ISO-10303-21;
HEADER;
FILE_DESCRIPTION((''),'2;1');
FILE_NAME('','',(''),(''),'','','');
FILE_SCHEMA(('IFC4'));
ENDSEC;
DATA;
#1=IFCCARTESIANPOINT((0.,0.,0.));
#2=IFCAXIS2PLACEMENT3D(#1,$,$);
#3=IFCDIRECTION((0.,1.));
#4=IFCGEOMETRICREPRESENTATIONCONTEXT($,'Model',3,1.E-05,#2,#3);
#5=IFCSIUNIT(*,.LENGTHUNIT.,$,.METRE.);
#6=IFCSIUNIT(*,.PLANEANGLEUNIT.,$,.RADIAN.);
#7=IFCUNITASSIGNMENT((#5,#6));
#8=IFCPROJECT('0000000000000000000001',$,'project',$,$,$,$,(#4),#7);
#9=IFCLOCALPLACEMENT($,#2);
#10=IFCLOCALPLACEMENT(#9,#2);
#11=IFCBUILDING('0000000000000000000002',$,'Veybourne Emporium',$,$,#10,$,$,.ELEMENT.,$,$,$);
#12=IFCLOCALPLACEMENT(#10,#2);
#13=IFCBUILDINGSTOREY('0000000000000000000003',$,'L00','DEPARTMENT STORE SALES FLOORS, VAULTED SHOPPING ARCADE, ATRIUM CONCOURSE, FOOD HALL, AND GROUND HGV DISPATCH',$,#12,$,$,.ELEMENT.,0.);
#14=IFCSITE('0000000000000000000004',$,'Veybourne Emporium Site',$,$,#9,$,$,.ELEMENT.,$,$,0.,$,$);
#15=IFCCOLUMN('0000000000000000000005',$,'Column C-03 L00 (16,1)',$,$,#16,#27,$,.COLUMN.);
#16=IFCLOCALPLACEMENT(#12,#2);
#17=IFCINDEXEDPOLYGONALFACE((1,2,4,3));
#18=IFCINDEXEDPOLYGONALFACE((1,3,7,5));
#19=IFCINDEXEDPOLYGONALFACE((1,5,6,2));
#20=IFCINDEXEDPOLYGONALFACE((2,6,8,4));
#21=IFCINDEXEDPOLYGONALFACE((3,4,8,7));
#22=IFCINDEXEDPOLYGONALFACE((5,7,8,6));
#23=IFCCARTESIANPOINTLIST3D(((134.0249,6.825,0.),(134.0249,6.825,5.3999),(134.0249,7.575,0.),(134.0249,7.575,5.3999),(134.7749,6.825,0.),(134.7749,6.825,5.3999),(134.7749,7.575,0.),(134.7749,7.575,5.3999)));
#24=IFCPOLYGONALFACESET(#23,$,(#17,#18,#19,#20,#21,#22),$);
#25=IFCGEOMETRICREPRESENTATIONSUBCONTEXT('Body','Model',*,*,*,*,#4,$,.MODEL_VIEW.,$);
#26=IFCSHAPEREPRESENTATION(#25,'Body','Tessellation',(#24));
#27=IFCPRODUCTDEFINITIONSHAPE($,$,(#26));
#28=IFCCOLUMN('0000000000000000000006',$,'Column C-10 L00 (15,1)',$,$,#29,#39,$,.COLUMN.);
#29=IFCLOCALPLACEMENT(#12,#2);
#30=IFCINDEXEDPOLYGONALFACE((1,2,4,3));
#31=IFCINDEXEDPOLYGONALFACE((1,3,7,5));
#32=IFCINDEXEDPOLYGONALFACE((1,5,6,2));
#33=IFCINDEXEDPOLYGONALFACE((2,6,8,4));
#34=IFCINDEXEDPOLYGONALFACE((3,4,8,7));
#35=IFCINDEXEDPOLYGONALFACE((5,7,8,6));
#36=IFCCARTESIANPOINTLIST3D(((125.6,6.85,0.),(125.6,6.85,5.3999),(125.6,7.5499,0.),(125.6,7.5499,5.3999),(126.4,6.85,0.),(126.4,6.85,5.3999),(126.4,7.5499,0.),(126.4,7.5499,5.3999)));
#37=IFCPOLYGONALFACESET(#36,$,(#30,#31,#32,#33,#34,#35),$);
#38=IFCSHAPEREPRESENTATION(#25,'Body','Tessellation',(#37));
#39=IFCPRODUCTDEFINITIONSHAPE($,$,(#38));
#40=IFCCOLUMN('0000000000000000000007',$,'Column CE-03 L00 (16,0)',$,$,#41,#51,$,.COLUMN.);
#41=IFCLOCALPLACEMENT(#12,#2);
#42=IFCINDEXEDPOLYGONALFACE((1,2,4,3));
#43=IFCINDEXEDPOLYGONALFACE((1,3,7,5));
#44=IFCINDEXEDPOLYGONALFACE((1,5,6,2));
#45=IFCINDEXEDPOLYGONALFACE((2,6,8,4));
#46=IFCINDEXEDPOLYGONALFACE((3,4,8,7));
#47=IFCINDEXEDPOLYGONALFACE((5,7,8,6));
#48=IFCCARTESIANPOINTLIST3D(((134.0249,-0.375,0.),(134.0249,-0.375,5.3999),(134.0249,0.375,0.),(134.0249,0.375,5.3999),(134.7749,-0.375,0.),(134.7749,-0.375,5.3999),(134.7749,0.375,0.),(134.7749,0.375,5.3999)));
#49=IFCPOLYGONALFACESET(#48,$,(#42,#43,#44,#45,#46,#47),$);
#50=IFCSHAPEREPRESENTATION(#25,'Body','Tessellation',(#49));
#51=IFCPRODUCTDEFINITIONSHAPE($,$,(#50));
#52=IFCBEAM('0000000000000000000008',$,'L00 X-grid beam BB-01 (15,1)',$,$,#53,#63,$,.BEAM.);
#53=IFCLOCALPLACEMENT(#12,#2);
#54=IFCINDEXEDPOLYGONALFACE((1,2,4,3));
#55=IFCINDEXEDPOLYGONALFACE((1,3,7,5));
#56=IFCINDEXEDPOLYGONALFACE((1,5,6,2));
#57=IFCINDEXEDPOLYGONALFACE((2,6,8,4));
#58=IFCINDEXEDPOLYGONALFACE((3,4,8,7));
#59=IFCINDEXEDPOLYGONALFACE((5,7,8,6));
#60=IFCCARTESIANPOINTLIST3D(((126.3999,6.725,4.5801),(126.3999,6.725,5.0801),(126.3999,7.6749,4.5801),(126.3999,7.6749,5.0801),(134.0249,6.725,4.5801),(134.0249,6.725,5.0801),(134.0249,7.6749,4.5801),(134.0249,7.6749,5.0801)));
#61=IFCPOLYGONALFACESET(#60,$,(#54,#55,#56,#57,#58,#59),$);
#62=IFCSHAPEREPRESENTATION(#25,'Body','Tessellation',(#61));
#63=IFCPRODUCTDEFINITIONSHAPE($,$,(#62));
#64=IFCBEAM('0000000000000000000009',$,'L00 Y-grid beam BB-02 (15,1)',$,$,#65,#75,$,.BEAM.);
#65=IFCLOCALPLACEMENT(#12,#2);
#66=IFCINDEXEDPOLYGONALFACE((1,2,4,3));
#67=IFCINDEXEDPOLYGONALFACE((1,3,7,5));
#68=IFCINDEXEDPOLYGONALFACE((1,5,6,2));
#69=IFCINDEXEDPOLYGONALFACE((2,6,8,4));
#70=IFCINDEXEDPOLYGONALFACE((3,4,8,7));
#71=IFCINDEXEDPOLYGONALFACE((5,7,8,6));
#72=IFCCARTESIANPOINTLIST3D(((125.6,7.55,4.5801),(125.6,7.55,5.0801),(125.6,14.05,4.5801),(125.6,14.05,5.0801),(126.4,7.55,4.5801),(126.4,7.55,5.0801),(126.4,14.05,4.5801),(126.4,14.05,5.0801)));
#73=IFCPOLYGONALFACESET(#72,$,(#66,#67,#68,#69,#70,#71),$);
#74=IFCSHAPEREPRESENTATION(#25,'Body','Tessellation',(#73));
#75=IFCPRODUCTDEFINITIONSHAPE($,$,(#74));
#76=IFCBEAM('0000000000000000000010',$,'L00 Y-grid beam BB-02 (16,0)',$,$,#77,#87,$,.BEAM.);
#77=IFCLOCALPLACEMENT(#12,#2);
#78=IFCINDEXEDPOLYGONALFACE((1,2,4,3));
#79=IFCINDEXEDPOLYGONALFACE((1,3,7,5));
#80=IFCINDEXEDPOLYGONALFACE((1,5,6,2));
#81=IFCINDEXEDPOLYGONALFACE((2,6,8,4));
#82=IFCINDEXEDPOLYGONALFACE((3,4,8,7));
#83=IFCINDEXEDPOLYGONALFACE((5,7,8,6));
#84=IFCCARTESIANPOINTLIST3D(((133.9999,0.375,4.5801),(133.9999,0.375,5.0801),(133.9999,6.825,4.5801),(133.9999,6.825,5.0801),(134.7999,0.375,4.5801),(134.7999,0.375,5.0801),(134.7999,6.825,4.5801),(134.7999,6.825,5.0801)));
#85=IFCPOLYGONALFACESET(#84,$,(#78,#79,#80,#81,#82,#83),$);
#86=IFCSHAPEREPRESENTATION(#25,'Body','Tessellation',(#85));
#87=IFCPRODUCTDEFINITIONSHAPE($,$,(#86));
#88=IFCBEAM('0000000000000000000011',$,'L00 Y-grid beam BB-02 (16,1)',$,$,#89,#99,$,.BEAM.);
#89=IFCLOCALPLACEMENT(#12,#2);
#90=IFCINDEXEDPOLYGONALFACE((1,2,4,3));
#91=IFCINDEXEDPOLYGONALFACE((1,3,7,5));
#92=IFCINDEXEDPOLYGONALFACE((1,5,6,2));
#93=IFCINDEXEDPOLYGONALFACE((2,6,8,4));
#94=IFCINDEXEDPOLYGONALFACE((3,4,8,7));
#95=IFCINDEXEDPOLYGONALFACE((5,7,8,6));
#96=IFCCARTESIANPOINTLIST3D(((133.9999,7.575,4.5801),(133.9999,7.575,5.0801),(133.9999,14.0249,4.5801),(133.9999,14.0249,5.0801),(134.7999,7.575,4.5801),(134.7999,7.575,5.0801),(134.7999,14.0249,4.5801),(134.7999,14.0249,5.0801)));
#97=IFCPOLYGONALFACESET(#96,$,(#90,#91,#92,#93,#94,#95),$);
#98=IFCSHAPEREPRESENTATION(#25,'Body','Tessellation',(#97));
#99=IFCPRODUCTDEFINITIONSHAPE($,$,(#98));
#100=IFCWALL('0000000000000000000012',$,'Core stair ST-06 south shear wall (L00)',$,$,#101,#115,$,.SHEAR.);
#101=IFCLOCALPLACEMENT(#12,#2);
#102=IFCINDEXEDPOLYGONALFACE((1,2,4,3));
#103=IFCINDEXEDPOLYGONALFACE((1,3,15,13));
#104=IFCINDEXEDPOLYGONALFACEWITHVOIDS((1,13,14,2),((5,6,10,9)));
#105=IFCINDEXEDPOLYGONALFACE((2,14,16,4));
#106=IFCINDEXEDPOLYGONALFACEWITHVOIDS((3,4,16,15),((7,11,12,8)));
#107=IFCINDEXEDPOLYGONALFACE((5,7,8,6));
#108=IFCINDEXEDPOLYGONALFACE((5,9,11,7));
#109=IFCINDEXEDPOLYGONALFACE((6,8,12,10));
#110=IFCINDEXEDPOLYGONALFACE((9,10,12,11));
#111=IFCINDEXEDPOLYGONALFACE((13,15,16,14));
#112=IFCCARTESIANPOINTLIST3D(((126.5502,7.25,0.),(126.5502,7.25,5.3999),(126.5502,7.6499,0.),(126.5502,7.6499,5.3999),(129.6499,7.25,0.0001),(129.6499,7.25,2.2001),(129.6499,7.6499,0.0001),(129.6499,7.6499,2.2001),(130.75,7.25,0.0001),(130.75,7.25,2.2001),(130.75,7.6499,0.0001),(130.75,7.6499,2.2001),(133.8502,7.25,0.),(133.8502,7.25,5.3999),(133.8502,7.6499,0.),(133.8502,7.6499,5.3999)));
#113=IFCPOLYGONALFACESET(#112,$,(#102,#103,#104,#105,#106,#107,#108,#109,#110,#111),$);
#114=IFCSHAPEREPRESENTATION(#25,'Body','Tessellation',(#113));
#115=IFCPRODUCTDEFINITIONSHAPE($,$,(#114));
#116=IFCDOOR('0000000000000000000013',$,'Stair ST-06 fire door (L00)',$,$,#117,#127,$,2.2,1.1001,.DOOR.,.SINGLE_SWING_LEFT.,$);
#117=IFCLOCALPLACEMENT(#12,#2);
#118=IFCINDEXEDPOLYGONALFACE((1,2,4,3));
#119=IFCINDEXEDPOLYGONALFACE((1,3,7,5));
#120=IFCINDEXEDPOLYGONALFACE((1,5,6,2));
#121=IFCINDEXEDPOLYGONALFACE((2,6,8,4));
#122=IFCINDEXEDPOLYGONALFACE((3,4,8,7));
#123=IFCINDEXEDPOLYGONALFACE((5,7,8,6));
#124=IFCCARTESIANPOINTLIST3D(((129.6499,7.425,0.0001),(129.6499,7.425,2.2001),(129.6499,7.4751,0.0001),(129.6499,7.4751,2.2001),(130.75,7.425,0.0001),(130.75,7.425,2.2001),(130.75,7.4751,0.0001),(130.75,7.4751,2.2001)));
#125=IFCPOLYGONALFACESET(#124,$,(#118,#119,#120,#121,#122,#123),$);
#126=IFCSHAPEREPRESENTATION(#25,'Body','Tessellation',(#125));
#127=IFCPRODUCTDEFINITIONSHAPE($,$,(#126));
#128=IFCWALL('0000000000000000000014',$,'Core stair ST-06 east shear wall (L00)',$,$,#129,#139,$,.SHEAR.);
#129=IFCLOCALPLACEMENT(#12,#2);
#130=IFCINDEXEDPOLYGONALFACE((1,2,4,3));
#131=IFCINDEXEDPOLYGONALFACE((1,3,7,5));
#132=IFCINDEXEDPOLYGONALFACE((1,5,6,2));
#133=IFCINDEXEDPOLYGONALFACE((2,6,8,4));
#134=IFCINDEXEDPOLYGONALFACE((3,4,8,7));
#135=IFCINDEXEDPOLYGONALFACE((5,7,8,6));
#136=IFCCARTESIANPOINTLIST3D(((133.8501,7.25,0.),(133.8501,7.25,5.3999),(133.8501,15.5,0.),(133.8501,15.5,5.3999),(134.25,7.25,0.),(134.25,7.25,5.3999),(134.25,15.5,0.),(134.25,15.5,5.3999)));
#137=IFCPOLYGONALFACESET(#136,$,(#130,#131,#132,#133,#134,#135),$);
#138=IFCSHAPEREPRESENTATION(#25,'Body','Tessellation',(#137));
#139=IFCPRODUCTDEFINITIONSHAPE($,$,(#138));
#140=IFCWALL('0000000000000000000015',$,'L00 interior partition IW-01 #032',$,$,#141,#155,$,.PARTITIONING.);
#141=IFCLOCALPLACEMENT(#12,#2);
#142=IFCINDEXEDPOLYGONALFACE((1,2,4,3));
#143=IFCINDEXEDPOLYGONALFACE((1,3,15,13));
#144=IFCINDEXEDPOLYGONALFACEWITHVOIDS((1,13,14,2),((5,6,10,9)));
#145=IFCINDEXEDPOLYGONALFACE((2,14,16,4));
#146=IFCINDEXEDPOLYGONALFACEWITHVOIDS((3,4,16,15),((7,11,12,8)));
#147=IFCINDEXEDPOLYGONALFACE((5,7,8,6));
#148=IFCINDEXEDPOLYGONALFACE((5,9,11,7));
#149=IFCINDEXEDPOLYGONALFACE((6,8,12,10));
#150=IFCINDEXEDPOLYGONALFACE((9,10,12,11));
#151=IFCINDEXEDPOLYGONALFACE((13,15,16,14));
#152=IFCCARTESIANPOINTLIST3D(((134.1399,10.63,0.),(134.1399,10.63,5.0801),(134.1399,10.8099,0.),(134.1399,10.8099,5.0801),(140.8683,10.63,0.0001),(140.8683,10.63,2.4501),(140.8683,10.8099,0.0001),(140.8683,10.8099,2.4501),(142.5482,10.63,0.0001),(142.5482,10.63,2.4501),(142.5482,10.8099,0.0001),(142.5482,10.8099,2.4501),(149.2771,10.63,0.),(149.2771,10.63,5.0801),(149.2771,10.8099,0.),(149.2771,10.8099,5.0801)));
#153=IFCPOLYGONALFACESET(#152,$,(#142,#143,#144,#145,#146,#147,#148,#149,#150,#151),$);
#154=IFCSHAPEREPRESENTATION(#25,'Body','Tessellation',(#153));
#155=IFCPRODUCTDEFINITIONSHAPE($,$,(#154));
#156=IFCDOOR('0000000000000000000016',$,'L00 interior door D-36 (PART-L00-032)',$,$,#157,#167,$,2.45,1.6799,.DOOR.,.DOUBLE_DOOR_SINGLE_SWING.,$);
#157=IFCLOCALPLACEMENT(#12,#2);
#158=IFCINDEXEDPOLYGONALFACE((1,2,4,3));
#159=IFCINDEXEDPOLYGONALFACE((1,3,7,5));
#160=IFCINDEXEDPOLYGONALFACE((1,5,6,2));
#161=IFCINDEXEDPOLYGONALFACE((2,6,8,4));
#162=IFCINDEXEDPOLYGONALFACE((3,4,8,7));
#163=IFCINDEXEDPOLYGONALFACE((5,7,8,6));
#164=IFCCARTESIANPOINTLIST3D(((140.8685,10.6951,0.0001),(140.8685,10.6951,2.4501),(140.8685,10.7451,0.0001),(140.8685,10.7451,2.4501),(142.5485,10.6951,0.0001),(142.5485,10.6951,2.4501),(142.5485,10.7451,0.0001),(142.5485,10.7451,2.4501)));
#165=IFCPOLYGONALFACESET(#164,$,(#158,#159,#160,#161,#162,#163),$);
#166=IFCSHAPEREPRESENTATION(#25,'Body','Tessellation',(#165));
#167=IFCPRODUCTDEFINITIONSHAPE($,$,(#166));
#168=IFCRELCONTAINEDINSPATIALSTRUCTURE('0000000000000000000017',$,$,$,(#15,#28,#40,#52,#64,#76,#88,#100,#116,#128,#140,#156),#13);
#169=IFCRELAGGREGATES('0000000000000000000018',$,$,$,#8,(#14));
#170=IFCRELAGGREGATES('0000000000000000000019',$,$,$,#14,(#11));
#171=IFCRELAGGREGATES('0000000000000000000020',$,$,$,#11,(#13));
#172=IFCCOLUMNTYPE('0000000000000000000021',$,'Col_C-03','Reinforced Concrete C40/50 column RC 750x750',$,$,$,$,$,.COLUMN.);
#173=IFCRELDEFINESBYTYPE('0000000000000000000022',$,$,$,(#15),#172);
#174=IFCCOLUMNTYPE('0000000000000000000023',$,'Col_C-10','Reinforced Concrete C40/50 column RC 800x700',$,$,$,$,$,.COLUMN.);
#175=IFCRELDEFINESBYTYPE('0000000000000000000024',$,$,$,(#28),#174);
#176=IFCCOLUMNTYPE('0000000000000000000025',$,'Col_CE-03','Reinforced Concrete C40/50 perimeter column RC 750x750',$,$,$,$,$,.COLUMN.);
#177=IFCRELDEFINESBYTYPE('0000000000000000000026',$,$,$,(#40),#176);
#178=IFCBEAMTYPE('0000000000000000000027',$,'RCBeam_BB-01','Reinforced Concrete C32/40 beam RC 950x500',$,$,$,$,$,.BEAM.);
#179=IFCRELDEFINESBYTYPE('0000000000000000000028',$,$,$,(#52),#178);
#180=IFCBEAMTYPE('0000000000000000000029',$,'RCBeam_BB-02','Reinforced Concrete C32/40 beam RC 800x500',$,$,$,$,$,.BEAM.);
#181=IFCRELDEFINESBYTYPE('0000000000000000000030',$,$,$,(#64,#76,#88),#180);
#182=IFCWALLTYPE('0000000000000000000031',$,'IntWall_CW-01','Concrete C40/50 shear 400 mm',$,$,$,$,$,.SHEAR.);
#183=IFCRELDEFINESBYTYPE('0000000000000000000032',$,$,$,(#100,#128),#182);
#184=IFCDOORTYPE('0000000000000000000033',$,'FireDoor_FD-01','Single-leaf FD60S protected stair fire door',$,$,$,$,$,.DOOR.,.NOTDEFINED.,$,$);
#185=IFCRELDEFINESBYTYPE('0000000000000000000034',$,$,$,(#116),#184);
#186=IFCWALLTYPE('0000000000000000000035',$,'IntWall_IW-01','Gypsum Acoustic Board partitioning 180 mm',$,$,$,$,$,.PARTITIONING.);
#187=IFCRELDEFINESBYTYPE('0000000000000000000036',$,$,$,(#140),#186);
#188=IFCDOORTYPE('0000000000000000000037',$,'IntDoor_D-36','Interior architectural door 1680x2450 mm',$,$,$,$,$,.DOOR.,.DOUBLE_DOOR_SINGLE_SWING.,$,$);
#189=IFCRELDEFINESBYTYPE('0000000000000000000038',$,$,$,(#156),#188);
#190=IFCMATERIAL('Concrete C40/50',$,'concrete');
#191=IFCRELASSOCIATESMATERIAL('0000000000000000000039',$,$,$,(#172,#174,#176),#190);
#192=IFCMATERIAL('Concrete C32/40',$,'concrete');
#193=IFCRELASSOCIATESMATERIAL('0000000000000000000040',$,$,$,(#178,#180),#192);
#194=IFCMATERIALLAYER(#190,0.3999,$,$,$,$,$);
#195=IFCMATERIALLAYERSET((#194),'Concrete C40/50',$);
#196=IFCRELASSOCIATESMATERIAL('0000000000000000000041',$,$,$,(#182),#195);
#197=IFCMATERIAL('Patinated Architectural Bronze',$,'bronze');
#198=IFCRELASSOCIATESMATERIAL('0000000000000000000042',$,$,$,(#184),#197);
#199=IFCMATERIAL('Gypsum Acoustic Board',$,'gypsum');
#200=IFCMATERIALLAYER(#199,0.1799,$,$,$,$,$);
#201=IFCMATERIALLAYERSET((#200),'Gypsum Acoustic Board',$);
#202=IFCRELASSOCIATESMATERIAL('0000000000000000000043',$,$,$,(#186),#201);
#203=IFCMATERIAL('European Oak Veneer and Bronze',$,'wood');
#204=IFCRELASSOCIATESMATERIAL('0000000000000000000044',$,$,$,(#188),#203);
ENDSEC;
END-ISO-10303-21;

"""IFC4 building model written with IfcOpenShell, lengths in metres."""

from ifc_helpers import new_model, si_unit, direction, frame, frame_2d, origin, origin_2d, place, context, subcontext, project, spatial, rectangle, extrude, material, layer, layer_set, material_profile, profile_set, type_object, element, fill, save


model = new_model("IFC4")

# Units and contexts
model_context = context("Model", 3, precision=1e-05, world=origin(), true_north=direction((0.0, 1.0)))
body_context = subcontext(model_context, "Body", "Model", "MODEL_VIEW")
ifc_project = project(units=[si_unit("LENGTHUNIT", "METRE"), si_unit("PLANEANGLEUNIT", "RADIAN")], contexts=[model_context])

# Site, building, storey
site_placement = place(None, origin())
site = spatial("IfcSite", under=ifc_project, at=site_placement, Name="Veybourne Emporium Site", CompositionType="ELEMENT", RefElevation=0.0)
building_placement = place(site_placement, origin())
building = spatial("IfcBuilding", under=site, at=building_placement, Name="Veybourne Emporium", CompositionType="ELEMENT")
storey_placement = place(building_placement, origin())
storey = spatial("IfcBuildingStorey", under=building, at=storey_placement, Name="L00", Description="DEPARTMENT STORE SALES FLOORS, VAULTED SHOPPING ARCADE, ATRIUM CONCOURSE, FOOD HALL, AND GROUND HGV DISPATCH", CompositionType="ELEMENT", Elevation=0.0)

# Columns
ifc_material_1 = material(Name="Concrete C40/50", Category="concrete")
ifc_material_profile_1 = material_profile(ifc_material_1, rectangle(XDim=0.75, YDim=0.75, at=origin_2d()), Name="RC 750x750")
ifc_profile_set_1 = profile_set([ifc_material_profile_1], Name="Concrete C40/50")
column_type_1 = type_object("IfcColumnType", Name="Col_C-03", Description="Reinforced Concrete C40/50 column RC 750x750", PredefinedType="COLUMN", material=ifc_profile_set_1)
column_1_placement = place(storey_placement, frame((134.3999, 7.2, 0.0), z_axis=(0.0, 0.0, 1.0), x_axis=(1.0, 0.0, 0.0)))
element("IfcColumn", 1, at=column_1_placement, inside=storey, type_object=column_type_1, Name="Column C-03 L00 (16,1)", PredefinedType="COLUMN", context=body_context, shape_type="SweptSolid", body=[
    extrude(rectangle(XDim=0.75, YDim=0.75, at=origin_2d()), origin(), (0.0, 0.0, 1.0), 5.3999),
])
ifc_material_profile_2 = material_profile(ifc_material_1, rectangle(XDim=0.8, YDim=0.7, at=origin_2d()), Name="RC 800x700")
ifc_profile_set_2 = profile_set([ifc_material_profile_2], Name="Concrete C40/50")
column_type_2 = type_object("IfcColumnType", Name="Col_C-10", Description="Reinforced Concrete C40/50 column RC 800x700", PredefinedType="COLUMN", material=ifc_profile_set_2)
column_2_placement = place(storey_placement, frame((126.0, 7.2, 0.0), z_axis=(0.0, 0.0, 1.0), x_axis=(1.0, 0.0, 0.0)))
element("IfcColumn", 2, at=column_2_placement, inside=storey, type_object=column_type_2, Name="Column C-10 L00 (15,1)", PredefinedType="COLUMN", context=body_context, shape_type="SweptSolid", body=[
    extrude(rectangle(XDim=0.8, YDim=0.7, at=origin_2d()), origin(), (0.0, 0.0, 1.0), 5.3999),
])
ifc_material_profile_3 = material_profile(ifc_material_1, rectangle(XDim=0.75, YDim=0.75, at=origin_2d()), Name="RC 750x750")
ifc_profile_set_3 = profile_set([ifc_material_profile_3], Name="Concrete C40/50")
column_type_3 = type_object("IfcColumnType", Name="Col_CE-03", Description="Reinforced Concrete C40/50 perimeter column RC 750x750", PredefinedType="COLUMN", material=ifc_profile_set_3)
column_3_placement = place(storey_placement, frame((134.3999, 0.0, 0.0), z_axis=(0.0, 0.0, 1.0), x_axis=(1.0, 0.0, 0.0)))
element("IfcColumn", 3, at=column_3_placement, inside=storey, type_object=column_type_3, Name="Column CE-03 L00 (16,0)", PredefinedType="COLUMN", context=body_context, shape_type="SweptSolid", body=[
    extrude(rectangle(XDim=0.75, YDim=0.75, at=origin_2d()), origin(), (0.0, 0.0, 1.0), 5.3999),
])

# Beams
ifc_material_2 = material(Name="Concrete C32/40", Category="concrete")
ifc_material_profile_4 = material_profile(ifc_material_2, rectangle(XDim=0.95, YDim=0.5, at=origin_2d()), Name="RC 950x500")
ifc_profile_set_4 = profile_set([ifc_material_profile_4], Name="Concrete C32/40")
beam_type_1 = type_object("IfcBeamType", Name="RCBeam_BB-01", Description="Reinforced Concrete C32/40 beam RC 950x500", PredefinedType="BEAM", material=ifc_profile_set_4)
beam_1_placement = place(storey_placement, frame((126.3999, 7.2, 4.8301), z_axis=(1.0, 0.0, 0.0), x_axis=(0.0, 1.0, 0.0)))
element("IfcBeam", 4, at=beam_1_placement, inside=storey, type_object=beam_type_1, Name="L00 X-grid beam BB-01 (15,1)", PredefinedType="BEAM", context=body_context, shape_type="SweptSolid", body=[
    extrude(rectangle(XDim=0.95, YDim=0.5, at=origin_2d()), origin(), (0.0, 0.0, 1.0), 7.625),
])
ifc_material_profile_5 = material_profile(ifc_material_2, rectangle(XDim=0.8, YDim=0.5, at=origin_2d()), Name="RC 800x500")
ifc_profile_set_5 = profile_set([ifc_material_profile_5], Name="Concrete C32/40")
beam_type_2 = type_object("IfcBeamType", Name="RCBeam_BB-02", Description="Reinforced Concrete C32/40 beam RC 800x500", PredefinedType="BEAM", material=ifc_profile_set_5)
beam_2_placement = place(storey_placement, frame((126.0, 7.55, 4.8301), z_axis=(0.0, 1.0, 0.0), x_axis=(-1.0, 0.0, 0.0)))
element("IfcBeam", 5, at=beam_2_placement, inside=storey, type_object=beam_type_2, Name="L00 Y-grid beam BB-02 (15,1)", PredefinedType="BEAM", context=body_context, shape_type="SweptSolid", body=[
    extrude(rectangle(XDim=0.8, YDim=0.5, at=origin_2d()), origin(), (0.0, 0.0, 1.0), 6.5),
])
for number, where, z_axis, x_axis, name in (
    (6, (134.3999, 0.375, 4.8301), (0.0, 1.0, 0.0), (-1.0, 0.0, 0.0), "L00 Y-grid beam BB-02 (16,0)"),
    (7, (134.3999, 7.575, 4.8301), (0.0, 1.0, 0.0), (-1.0, 0.0, 0.0), "L00 Y-grid beam BB-02 (16,1)"),
):
    element("IfcBeam", number, at=place(storey_placement, frame(where, z_axis=z_axis, x_axis=x_axis)), inside=storey, type_object=beam_type_2, Name=name, PredefinedType="BEAM", context=body_context, shape_type="SweptSolid", body=[
        extrude(rectangle(XDim=0.8, YDim=0.5, at=origin_2d()), origin(), (0.0, 0.0, 1.0), 6.45),
    ])

# Wall, opening, door
ifc_layer_1 = layer(ifc_material_1, 0.3999)
ifc_layer_set_1 = layer_set([ifc_layer_1], Name="Concrete C40/50")
wall_type_1 = type_object("IfcWallType", Name="IntWall_CW-01", Description="Concrete C40/50 shear 400 mm", PredefinedType="SHEAR", material=ifc_layer_set_1)
wall_1_placement = place(storey_placement, frame((133.8501, 7.45, 0.0), z_axis=(0.0, 0.0, 1.0), x_axis=(-1.0, 0.0, 0.0)))
wall_1 = element("IfcWall", 8, at=wall_1_placement, inside=storey, type_object=wall_type_1, Name="Core stair ST-06 south shear wall (L00)", PredefinedType="SHEAR", context=body_context, shape_type="SweptSolid", body=[
    extrude(rectangle(XDim=7.3, YDim=0.3999, at=frame_2d((3.6499, 0.0))), origin(), (0.0, 0.0, 1.0), 5.3999),
])
opening_1_placement = place(wall_1_placement, frame((3.1001, 0.0, 0.0)))
opening_1 = element("IfcOpeningElement", 9, at=opening_1_placement, cuts=wall_1, PredefinedType="OPENING", context=body_context, shape_type="SweptSolid", body=[
    extrude(rectangle(XDim=1.1001, YDim=2.2, at=frame_2d((0.55, 1.1001))), frame((0.0, 0.22, 0.0), z_axis=(0.0, -1.0, 0.0), x_axis=(1.0, 0.0, 0.0)), (0.0, 0.0, 1.0), 0.4399),
])
ifc_material_3 = material(Name="Patinated Architectural Bronze", Category="bronze")
door_type_1 = type_object("IfcDoorType", Name="FireDoor_FD-01", Description="Single-leaf FD60S protected stair fire door", OperationType="NOTDEFINED", PredefinedType="DOOR", material=ifc_material_3)
door_1_placement = place(opening_1_placement, origin())
door_1 = element("IfcDoor", 10, at=door_1_placement, inside=storey, type_object=door_type_1, Name="Stair ST-06 fire door (L00)", OperationType="SINGLE_SWING_LEFT", OverallHeight=2.2, OverallWidth=1.1001, PredefinedType="DOOR", context=body_context, shape_type="SweptSolid", body=[
    extrude(rectangle(XDim=1.1001, YDim=2.2, at=frame_2d((0.55, 1.1001))), frame((0.0, 0.0249, 0.0), z_axis=(0.0, -1.0, 0.0), x_axis=(1.0, 0.0, 0.0)), (0.0, 0.0, 1.0), 0.05),
])
fill(opening_1, door_1)

# Wall
wall_2_placement = place(storey_placement, frame((134.05, 7.25, 0.0), z_axis=(0.0, 0.0, 1.0), x_axis=(0.0, 1.0, 0.0)))
element("IfcWall", 11, at=wall_2_placement, inside=storey, type_object=wall_type_1, Name="Core stair ST-06 east shear wall (L00)", PredefinedType="SHEAR", context=body_context, shape_type="SweptSolid", body=[
    extrude(rectangle(XDim=8.25, YDim=0.3999, at=frame_2d((4.125, 0.0))), origin(), (0.0, 0.0, 1.0), 5.3999),
])

# Wall, opening, door
ifc_material_4 = material(Name="Gypsum Acoustic Board", Category="gypsum")
ifc_layer_2 = layer(ifc_material_4, 0.1799)
ifc_layer_set_2 = layer_set([ifc_layer_2], Name="Gypsum Acoustic Board")
wall_type_2 = type_object("IfcWallType", Name="IntWall_IW-01", Description="Gypsum Acoustic Board partitioning 180 mm", PredefinedType="PARTITIONING", material=ifc_layer_set_2)
wall_3_placement = place(storey_placement, frame((134.1399, 10.72, 0.0), z_axis=(0.0, 0.0, 1.0), x_axis=(1.0, 0.0, 0.0)))
wall_3 = element("IfcWall", 12, at=wall_3_placement, inside=storey, type_object=wall_type_2, Name="L00 interior partition IW-01 #032", PredefinedType="PARTITIONING", context=body_context, shape_type="SweptSolid", body=[
    extrude(rectangle(XDim=15.1372, YDim=0.1799, at=frame_2d((7.5686, 0.0))), origin(), (0.0, 0.0, 1.0), 5.0801),
])
opening_2_placement = place(wall_3_placement, frame((6.7285, 0.0, 0.0)))
opening_2 = element("IfcOpeningElement", 13, at=opening_2_placement, cuts=wall_3, PredefinedType="OPENING", context=body_context, shape_type="SweptSolid", body=[
    extrude(rectangle(XDim=1.6799, YDim=2.45, at=frame_2d((0.8398, 1.2251))), frame((0.0, 0.1099, 0.0), z_axis=(0.0, -1.0, 0.0), x_axis=(1.0, 0.0, 0.0)), (0.0, 0.0, 1.0), 0.22),
])
ifc_material_5 = material(Name="European Oak Veneer and Bronze", Category="wood")
door_type_2 = type_object("IfcDoorType", Name="IntDoor_D-36", Description="Interior architectural door 1680x2450 mm", OperationType="DOUBLE_DOOR_SINGLE_SWING", PredefinedType="DOOR", material=ifc_material_5)
door_2_placement = place(opening_2_placement, frame((1.6799, 0.0, 0.0), z_axis=(0.0, 0.0, 1.0), x_axis=(-1.0, 0.0, 0.0)))
door_2 = element("IfcDoor", 14, at=door_2_placement, inside=storey, type_object=door_type_2, Name="L00 interior door D-36 (PART-L00-032)", OperationType="DOUBLE_DOOR_SINGLE_SWING", OverallHeight=2.45, OverallWidth=1.6799, PredefinedType="DOOR", context=body_context, shape_type="SweptSolid", body=[
    extrude(rectangle(XDim=1.6799, YDim=2.45, at=frame_2d((0.8398, 1.2251))), frame((0.0, 0.0249, 0.0), z_axis=(0.0, -1.0, 0.0), x_axis=(1.0, 0.0, 0.0)), (0.0, 0.0, 1.0), 0.05),
])
fill(opening_2, door_2)

save(model, "model.ifc")
